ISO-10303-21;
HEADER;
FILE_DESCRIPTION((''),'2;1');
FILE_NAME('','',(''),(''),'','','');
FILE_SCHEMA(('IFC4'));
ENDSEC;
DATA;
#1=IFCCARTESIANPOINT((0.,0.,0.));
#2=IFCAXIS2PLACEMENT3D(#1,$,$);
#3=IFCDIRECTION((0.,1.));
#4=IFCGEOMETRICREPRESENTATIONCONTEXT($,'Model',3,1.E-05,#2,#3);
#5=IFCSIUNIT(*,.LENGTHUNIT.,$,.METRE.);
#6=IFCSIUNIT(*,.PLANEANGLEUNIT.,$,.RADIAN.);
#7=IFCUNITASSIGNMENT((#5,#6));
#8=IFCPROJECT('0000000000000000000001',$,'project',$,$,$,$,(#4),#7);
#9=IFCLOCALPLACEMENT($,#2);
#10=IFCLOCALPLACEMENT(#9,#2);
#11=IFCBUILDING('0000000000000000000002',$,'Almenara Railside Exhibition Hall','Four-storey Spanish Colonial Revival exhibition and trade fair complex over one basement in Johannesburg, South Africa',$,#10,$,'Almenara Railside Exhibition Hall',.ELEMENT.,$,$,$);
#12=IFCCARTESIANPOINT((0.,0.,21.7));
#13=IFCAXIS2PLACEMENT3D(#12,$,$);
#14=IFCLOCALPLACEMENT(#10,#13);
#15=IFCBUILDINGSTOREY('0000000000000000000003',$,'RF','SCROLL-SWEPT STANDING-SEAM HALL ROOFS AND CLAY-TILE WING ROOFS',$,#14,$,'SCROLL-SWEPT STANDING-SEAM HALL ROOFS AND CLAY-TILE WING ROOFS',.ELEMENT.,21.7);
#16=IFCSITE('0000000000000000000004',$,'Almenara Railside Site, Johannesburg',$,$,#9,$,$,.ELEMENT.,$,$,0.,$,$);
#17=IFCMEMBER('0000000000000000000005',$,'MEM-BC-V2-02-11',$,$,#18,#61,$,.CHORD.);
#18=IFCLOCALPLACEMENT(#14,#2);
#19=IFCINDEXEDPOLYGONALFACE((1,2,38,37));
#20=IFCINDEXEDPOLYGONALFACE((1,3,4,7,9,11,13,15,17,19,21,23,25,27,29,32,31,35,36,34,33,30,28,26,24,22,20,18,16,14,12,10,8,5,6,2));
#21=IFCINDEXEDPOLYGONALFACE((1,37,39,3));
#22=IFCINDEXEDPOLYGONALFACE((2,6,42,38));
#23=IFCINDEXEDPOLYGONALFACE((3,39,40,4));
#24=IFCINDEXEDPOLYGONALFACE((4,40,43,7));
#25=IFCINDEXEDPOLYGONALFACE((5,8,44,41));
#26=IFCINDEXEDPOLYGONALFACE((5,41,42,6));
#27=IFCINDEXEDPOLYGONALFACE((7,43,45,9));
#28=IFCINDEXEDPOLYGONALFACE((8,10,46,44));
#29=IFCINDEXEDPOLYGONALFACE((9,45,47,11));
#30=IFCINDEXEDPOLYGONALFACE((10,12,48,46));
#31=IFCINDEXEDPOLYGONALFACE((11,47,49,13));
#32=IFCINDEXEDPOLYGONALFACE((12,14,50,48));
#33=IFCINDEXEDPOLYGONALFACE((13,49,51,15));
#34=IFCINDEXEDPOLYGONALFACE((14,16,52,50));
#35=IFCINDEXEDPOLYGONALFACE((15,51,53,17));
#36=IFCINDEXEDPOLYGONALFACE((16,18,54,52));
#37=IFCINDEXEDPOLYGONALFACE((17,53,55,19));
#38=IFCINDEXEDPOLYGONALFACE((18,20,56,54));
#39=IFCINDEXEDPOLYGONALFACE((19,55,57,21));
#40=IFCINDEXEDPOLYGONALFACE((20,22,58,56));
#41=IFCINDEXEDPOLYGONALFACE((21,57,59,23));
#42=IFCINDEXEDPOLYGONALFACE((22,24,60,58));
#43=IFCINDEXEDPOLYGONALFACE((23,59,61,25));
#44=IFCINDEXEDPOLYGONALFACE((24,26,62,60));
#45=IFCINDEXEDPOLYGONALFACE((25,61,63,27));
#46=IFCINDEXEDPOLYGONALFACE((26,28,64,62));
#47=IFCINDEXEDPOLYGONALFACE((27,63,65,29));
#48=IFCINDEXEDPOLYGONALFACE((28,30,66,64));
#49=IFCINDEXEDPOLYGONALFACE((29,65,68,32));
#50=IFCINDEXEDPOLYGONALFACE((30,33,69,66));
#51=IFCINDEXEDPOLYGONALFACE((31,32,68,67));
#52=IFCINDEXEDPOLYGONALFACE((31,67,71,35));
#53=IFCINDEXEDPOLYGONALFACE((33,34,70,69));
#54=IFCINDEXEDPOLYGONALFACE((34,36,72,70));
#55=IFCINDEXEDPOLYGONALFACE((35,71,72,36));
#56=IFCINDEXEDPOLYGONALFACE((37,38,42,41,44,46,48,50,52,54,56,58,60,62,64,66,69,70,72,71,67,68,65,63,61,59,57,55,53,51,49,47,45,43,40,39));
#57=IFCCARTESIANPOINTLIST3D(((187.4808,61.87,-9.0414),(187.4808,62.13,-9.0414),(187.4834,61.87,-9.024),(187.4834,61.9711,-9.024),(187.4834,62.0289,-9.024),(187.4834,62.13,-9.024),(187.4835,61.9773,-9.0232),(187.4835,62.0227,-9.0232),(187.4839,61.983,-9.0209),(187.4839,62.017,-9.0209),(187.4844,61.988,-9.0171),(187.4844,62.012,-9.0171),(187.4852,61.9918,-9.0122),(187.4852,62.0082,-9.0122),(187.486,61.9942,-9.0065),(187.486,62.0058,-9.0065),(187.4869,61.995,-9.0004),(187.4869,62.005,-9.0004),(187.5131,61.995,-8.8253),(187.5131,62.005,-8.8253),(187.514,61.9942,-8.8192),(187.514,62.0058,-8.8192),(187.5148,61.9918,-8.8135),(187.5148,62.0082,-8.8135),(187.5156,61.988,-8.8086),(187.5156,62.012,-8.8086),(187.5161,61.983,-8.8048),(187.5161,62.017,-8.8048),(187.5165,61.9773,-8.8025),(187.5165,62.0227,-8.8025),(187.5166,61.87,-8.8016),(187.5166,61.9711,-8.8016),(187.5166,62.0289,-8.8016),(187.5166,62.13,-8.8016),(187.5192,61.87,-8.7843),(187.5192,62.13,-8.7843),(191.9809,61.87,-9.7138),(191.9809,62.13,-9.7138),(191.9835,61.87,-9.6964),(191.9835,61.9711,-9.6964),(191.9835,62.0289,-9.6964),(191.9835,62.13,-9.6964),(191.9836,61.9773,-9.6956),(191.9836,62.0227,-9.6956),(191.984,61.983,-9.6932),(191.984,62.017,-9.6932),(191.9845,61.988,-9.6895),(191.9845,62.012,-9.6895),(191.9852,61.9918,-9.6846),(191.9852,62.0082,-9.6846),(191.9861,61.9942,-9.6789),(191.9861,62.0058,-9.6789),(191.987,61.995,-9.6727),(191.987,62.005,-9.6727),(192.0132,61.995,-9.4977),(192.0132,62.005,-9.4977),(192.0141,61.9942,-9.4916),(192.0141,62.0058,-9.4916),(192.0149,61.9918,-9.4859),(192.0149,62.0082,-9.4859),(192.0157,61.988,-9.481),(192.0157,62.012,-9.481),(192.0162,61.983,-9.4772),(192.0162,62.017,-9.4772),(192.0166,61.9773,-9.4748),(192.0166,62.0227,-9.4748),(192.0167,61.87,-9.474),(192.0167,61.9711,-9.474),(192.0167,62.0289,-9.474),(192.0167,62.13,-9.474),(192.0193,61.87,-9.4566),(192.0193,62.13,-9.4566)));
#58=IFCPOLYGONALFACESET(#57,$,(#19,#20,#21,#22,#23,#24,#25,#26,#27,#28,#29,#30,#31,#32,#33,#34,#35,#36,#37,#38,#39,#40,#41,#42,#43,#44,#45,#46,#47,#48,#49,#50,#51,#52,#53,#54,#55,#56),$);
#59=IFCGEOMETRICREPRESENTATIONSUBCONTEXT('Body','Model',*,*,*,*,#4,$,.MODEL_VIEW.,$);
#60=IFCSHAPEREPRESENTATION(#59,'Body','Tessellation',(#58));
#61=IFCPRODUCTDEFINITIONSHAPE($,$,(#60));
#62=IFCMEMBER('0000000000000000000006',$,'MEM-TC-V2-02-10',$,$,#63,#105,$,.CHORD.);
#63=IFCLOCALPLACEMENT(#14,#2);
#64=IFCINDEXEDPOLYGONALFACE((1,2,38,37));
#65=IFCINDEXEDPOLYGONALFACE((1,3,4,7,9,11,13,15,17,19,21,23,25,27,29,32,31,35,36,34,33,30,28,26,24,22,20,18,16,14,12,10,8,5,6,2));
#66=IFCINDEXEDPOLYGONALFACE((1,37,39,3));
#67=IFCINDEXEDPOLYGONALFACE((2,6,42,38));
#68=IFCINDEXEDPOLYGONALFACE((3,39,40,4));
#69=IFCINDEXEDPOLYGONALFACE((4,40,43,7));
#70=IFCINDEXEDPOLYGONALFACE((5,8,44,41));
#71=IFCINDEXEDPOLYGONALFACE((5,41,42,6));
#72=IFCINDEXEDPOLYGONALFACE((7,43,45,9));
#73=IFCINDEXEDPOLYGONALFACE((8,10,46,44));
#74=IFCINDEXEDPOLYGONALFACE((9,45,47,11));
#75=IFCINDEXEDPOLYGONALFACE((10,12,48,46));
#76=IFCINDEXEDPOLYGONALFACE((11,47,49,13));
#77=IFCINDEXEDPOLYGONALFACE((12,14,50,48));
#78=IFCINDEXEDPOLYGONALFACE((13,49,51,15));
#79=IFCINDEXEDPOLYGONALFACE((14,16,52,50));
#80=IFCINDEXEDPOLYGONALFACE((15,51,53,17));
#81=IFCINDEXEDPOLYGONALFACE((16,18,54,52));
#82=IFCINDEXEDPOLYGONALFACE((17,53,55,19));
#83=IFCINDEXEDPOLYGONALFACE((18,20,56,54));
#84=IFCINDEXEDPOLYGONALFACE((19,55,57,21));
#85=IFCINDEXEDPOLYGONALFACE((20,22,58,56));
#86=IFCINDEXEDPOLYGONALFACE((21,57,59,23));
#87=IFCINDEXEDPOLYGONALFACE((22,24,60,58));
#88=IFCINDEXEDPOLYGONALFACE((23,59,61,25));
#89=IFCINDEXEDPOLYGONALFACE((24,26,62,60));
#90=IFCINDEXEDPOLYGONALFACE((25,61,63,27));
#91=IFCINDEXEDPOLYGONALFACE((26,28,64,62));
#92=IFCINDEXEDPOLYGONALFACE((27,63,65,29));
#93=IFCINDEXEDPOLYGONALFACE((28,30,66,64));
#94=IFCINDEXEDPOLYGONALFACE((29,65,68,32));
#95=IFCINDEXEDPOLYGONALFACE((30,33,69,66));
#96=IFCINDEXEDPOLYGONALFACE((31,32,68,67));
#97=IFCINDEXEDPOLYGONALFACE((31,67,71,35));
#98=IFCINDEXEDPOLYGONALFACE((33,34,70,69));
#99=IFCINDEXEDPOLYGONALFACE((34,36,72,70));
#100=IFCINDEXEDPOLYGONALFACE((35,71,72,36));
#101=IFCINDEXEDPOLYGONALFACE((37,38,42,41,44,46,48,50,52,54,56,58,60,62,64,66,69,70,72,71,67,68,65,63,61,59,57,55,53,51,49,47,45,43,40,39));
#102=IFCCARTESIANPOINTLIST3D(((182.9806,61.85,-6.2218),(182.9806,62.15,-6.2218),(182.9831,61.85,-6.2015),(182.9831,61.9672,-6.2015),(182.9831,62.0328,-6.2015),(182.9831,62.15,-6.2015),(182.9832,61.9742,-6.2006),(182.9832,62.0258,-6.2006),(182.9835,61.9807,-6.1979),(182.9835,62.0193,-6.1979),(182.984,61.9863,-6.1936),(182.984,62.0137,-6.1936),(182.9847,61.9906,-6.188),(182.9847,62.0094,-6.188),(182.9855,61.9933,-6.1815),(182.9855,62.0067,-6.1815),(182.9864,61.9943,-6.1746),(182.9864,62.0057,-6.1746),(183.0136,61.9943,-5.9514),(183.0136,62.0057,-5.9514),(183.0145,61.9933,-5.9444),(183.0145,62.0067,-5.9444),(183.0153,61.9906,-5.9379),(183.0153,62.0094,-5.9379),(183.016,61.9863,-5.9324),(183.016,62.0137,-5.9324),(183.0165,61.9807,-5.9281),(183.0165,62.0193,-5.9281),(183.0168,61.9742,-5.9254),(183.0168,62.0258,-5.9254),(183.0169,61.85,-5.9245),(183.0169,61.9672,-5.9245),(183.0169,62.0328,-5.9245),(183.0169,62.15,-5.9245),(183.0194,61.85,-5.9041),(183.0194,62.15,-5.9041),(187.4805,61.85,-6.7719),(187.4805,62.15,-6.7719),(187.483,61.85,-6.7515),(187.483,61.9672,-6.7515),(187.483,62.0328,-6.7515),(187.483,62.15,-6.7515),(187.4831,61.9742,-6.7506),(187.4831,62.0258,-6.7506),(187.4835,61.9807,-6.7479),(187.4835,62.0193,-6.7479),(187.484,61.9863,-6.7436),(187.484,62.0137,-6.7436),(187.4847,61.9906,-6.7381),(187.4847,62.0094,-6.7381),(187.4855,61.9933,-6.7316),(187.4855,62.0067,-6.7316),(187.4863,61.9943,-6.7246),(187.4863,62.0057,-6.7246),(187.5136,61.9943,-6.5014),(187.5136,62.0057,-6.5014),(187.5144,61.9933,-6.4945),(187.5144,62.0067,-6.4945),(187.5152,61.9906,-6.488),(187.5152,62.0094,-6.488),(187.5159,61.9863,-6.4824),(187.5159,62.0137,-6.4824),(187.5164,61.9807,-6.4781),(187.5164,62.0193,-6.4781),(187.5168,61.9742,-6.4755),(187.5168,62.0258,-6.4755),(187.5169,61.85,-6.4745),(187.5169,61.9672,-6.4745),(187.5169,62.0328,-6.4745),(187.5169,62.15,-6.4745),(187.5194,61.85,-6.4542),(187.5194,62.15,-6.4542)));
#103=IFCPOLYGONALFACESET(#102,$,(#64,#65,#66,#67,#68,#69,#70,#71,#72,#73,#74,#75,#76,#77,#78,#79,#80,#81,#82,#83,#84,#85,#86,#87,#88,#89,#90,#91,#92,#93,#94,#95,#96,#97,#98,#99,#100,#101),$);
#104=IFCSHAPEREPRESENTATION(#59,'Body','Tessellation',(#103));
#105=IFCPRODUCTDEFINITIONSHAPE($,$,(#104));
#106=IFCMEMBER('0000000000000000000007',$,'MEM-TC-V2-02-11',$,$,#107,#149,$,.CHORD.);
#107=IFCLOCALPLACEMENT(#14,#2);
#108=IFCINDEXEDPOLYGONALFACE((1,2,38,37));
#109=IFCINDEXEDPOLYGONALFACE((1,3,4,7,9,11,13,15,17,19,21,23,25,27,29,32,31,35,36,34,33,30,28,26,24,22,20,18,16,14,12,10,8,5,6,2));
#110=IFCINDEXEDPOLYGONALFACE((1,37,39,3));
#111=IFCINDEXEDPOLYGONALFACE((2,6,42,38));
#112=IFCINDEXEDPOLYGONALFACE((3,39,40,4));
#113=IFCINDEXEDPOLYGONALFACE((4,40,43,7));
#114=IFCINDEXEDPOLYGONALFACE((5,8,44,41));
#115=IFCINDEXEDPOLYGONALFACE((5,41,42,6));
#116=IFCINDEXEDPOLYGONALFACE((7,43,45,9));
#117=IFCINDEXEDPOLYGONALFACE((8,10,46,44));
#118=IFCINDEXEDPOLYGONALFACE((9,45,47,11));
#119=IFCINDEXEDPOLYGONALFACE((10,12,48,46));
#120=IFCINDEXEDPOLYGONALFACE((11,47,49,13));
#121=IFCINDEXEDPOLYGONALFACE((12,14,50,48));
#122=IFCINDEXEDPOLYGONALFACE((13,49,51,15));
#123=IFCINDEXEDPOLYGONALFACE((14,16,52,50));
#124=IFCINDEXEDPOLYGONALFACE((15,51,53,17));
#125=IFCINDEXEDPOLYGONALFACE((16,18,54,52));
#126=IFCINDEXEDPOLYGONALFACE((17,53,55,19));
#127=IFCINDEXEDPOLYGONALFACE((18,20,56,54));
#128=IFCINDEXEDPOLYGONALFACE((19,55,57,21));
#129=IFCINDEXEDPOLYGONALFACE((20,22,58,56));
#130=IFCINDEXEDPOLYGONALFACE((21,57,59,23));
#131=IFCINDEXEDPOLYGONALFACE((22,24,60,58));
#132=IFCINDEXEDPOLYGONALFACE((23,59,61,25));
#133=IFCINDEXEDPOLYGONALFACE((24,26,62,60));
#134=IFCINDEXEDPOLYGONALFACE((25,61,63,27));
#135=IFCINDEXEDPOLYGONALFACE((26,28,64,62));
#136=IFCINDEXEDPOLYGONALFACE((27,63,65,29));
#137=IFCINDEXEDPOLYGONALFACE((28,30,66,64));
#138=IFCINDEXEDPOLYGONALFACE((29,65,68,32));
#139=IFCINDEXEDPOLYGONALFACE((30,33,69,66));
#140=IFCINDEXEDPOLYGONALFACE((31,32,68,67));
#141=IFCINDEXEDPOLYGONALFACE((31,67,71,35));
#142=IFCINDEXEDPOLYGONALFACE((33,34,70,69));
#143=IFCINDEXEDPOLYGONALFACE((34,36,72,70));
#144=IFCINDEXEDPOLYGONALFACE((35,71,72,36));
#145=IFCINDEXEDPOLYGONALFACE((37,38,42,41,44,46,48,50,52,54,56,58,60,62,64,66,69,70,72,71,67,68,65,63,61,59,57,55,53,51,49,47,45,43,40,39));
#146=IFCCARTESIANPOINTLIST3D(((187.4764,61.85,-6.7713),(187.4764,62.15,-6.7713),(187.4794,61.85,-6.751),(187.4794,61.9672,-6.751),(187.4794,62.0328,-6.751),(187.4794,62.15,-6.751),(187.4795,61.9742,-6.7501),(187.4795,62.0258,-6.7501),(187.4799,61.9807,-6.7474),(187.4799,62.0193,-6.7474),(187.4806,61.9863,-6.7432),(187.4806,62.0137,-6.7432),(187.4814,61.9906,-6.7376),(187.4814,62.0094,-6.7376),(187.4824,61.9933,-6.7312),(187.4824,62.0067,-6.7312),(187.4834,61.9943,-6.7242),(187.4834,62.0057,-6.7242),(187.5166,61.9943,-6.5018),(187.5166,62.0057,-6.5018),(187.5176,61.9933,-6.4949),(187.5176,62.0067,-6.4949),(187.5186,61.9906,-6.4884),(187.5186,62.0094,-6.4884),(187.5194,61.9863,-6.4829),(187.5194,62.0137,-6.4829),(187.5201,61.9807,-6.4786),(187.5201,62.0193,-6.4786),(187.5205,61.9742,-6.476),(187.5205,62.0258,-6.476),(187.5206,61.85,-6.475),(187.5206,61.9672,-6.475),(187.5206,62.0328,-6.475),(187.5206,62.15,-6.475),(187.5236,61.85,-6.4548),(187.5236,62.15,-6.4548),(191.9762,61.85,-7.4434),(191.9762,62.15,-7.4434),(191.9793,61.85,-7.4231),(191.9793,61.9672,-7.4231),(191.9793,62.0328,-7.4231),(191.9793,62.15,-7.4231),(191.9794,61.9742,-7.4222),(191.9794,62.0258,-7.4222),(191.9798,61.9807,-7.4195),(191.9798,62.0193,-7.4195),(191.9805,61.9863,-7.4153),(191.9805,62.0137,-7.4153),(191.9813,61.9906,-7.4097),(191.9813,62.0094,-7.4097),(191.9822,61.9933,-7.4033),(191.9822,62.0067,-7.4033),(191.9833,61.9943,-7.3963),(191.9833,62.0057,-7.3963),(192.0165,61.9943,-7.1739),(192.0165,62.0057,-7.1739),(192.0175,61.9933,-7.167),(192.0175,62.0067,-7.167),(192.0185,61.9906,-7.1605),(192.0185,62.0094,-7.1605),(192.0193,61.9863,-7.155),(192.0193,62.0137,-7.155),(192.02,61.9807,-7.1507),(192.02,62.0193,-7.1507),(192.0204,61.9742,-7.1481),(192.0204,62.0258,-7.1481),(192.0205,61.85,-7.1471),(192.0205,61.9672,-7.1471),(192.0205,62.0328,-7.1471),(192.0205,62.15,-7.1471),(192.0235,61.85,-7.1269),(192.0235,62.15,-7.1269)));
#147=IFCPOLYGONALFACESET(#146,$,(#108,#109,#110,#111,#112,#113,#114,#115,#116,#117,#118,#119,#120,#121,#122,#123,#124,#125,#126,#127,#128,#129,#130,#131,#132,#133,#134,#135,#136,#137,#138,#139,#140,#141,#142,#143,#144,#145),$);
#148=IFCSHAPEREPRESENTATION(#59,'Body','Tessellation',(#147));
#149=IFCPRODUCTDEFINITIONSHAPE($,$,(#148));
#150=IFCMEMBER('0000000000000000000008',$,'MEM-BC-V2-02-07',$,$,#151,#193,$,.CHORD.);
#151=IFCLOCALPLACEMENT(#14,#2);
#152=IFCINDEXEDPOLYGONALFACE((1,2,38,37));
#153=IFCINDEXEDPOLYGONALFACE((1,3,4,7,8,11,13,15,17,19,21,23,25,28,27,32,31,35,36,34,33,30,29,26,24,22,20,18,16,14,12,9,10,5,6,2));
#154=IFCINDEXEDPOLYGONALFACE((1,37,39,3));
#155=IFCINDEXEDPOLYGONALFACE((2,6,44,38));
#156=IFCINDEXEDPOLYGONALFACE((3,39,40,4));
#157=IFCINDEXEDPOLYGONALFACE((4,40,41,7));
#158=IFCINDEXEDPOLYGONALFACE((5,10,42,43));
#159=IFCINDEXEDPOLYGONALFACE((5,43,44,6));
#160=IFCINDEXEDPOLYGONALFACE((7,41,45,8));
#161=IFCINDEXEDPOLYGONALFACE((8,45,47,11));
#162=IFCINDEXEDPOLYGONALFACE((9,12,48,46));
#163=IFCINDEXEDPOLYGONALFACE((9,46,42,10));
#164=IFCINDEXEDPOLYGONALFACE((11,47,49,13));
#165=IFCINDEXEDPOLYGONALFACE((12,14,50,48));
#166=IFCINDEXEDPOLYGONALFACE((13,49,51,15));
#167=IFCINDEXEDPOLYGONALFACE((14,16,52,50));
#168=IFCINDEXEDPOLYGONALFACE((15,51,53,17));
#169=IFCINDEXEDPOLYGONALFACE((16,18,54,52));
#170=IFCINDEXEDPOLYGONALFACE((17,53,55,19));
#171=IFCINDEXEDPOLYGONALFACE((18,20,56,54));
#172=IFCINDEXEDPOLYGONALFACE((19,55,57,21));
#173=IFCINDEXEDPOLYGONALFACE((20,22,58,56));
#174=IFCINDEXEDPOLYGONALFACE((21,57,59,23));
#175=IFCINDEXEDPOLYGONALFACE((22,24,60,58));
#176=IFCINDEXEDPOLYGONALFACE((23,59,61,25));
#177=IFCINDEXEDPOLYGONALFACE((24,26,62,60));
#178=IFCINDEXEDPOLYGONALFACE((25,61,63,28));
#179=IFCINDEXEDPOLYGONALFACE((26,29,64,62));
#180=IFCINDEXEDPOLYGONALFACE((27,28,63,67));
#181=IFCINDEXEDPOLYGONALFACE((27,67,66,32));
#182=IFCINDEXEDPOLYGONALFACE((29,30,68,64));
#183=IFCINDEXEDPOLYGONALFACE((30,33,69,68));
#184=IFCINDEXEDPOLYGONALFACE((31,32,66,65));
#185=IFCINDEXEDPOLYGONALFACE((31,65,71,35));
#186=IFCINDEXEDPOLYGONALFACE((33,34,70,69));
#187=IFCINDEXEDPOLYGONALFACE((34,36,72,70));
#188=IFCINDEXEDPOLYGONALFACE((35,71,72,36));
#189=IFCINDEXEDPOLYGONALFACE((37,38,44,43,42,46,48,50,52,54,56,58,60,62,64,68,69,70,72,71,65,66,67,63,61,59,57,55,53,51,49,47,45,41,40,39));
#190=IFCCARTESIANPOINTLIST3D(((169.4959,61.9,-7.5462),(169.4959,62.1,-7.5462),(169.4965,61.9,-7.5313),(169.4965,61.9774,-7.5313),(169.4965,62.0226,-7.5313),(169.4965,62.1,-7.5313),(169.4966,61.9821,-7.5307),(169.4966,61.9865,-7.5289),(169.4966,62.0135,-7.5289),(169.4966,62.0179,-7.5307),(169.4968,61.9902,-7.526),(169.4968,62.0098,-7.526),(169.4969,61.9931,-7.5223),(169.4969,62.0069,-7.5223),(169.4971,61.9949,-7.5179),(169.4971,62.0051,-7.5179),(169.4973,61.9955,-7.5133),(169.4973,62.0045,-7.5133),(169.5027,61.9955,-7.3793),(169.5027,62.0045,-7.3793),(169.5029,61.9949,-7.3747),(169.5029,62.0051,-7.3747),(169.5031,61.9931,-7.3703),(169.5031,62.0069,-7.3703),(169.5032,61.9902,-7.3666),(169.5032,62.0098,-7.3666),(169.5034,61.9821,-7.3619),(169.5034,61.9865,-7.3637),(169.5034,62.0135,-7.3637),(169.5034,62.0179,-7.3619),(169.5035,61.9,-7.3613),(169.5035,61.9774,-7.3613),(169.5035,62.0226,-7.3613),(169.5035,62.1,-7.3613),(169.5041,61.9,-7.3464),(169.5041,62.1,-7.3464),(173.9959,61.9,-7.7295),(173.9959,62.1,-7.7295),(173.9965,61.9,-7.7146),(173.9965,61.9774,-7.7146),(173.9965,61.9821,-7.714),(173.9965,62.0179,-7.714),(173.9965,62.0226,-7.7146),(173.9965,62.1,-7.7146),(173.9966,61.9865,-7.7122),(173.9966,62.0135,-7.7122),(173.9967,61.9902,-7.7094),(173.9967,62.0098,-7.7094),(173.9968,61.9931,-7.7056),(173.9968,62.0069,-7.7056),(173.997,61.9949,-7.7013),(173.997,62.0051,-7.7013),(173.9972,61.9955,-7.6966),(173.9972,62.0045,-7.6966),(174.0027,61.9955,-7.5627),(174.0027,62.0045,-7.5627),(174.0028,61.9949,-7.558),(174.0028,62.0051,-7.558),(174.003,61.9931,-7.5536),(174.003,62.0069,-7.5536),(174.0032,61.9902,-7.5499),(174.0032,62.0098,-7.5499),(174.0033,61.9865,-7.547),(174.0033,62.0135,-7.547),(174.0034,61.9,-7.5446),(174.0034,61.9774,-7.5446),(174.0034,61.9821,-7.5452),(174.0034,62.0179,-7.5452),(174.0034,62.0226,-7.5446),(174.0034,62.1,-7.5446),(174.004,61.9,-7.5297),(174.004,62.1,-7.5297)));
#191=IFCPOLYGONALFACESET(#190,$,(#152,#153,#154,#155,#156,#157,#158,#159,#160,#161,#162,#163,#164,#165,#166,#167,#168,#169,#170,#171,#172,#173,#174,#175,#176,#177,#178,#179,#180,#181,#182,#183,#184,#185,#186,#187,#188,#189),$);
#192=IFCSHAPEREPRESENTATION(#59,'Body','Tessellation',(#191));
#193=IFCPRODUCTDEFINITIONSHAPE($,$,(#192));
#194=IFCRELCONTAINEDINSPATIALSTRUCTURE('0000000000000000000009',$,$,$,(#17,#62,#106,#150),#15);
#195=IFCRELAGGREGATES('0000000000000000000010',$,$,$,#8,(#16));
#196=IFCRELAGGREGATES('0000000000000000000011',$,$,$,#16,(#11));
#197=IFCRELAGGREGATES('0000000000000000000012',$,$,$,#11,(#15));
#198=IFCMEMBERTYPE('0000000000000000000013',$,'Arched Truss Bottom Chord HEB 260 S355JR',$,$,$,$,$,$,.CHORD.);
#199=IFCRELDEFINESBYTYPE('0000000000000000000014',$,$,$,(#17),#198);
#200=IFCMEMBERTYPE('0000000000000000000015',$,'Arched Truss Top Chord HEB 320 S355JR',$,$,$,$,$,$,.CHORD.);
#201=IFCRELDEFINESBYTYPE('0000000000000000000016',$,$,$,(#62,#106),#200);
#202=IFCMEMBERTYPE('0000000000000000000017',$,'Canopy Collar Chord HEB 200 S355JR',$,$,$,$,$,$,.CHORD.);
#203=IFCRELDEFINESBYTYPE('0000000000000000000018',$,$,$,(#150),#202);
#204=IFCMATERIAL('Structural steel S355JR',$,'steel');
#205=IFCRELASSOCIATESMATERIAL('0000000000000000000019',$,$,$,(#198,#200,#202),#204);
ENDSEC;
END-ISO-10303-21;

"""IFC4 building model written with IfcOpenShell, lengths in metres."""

from ifc_helpers import new_model, si_unit, direction, frame, origin, origin_2d, place, context, subcontext, project, spatial, i_section, extrude, material, material_profile, profile_set, type_object, element, save


model = new_model("IFC4")

# Units and contexts
model_context = context("Model", 3, precision=1e-05, world=origin(), true_north=direction((0.0, 1.0)))
body_context = subcontext(model_context, "Body", "Model", "MODEL_VIEW")
ifc_project = project(units=[si_unit("LENGTHUNIT", "METRE"), si_unit("PLANEANGLEUNIT", "RADIAN")], contexts=[model_context])

# Site, building, storey
site_placement = place(None, origin())
site = spatial("IfcSite", under=ifc_project, at=site_placement, Name="Almenara Railside Site, Johannesburg", CompositionType="ELEMENT", RefElevation=0.0)
building_placement = place(site_placement, origin())
building = spatial("IfcBuilding", under=site, at=building_placement, Name="Almenara Railside Exhibition Hall", Description="Four-storey Spanish Colonial Revival exhibition and trade fair complex over one basement in Johannesburg, South Africa", LongName="Almenara Railside Exhibition Hall", CompositionType="ELEMENT")
storey_placement = place(building_placement, frame((0.0, 0.0, 21.7)))
storey = spatial("IfcBuildingStorey", under=building, at=storey_placement, Name="RF", Description="SCROLL-SWEPT STANDING-SEAM HALL ROOFS AND CLAY-TILE WING ROOFS", LongName="SCROLL-SWEPT STANDING-SEAM HALL ROOFS AND CLAY-TILE WING ROOFS", CompositionType="ELEMENT", Elevation=21.7)

# Members
ifc_material_1 = material(Name="Structural steel S355JR", Category="steel")
ifc_material_profile_1 = material_profile(ifc_material_1, i_section(OverallWidth=0.26, OverallDepth=0.26, WebThickness=0.01, FlangeThickness=0.0176, FilletRadius=0.0239, at=origin_2d()), Name="HEB 260")
ifc_profile_set_1 = profile_set([ifc_material_profile_1], Name="Structural steel S355JR")
member_type_1 = type_object("IfcMemberType", Name="Arched Truss Bottom Chord HEB 260 S355JR", PredefinedType="CHORD", material=ifc_profile_set_1)
member_1_placement = place(storey_placement, frame((187.5, 62.0, -8.9128), z_axis=(0.989021, 0.0, -0.147774), x_axis=(0.0, 1.0, 0.0)))
element("IfcMember", 1, at=member_1_placement, inside=storey, type_object=member_type_1, Name="MEM-BC-V2-02-11", PredefinedType="CHORD", context=body_context, shape_type="SweptSolid", body=[
    extrude(i_section(OverallWidth=0.26, OverallDepth=0.26, WebThickness=0.01, FlangeThickness=0.0176, FilletRadius=0.0239, at=origin_2d()), origin(), (0.0, 0.0, 1.0), 4.55),
])
ifc_material_profile_2 = material_profile(ifc_material_1, i_section(OverallWidth=0.3, OverallDepth=0.3201, WebThickness=0.0115, FlangeThickness=0.0205, FilletRadius=0.0271, at=origin_2d()), Name="HEB 320")
ifc_profile_set_2 = profile_set([ifc_material_profile_2], Name="Structural steel S355JR")
member_type_2 = type_object("IfcMemberType", Name="Arched Truss Top Chord HEB 320 S355JR", PredefinedType="CHORD", material=ifc_profile_set_2)
member_2_placement = place(storey_placement, frame((183.0, 62.0, -6.063), z_axis=(0.992612, 0.0, -0.12133), x_axis=(0.0, 1.0, 0.0)))
element("IfcMember", 2, at=member_2_placement, inside=storey, type_object=member_type_2, Name="MEM-TC-V2-02-10", PredefinedType="CHORD", context=body_context, shape_type="SweptSolid", body=[
    extrude(i_section(OverallWidth=0.3, OverallDepth=0.3201, WebThickness=0.0115, FlangeThickness=0.0205, FilletRadius=0.0271, at=origin_2d()), origin(), (0.0, 0.0, 1.0), 4.5334),
])
member_3_placement = place(storey_placement, frame((187.5, 62.0, -6.613), z_axis=(0.989029, 0.0, -0.147721), x_axis=(0.0, 1.0, 0.0)))
element("IfcMember", 3, at=member_3_placement, inside=storey, type_object=member_type_2, Name="MEM-TC-V2-02-11", PredefinedType="CHORD", context=body_context, shape_type="SweptSolid", body=[
    extrude(i_section(OverallWidth=0.3, OverallDepth=0.3201, WebThickness=0.0115, FlangeThickness=0.0205, FilletRadius=0.0271, at=origin_2d()), origin(), (0.0, 0.0, 1.0), 4.5498),
])
ifc_material_profile_3 = material_profile(ifc_material_1, i_section(OverallWidth=0.2, OverallDepth=0.2, WebThickness=0.009, FlangeThickness=0.0149, FilletRadius=0.0181, at=origin_2d()), Name="HEB 200")
ifc_profile_set_3 = profile_set([ifc_material_profile_3], Name="Structural steel S355JR")
member_type_3 = type_object("IfcMemberType", Name="Canopy Collar Chord HEB 200 S355JR", PredefinedType="CHORD", material=ifc_profile_set_3)
member_4_placement = place(storey_placement, frame((169.5, 62.0, -7.4463), z_axis=(0.999171, 0.0, -0.040711), x_axis=(0.0, 1.0, 0.0)))
element("IfcMember", 4, at=member_4_placement, inside=storey, type_object=member_type_3, Name="MEM-BC-V2-02-07", PredefinedType="CHORD", context=body_context, shape_type="SweptSolid", body=[
    extrude(i_section(OverallWidth=0.2, OverallDepth=0.2, WebThickness=0.009, FlangeThickness=0.0149, FilletRadius=0.0181, at=origin_2d()), origin(), (0.0, 0.0, 1.0), 4.5037),
])

save(model, "model.ifc")
